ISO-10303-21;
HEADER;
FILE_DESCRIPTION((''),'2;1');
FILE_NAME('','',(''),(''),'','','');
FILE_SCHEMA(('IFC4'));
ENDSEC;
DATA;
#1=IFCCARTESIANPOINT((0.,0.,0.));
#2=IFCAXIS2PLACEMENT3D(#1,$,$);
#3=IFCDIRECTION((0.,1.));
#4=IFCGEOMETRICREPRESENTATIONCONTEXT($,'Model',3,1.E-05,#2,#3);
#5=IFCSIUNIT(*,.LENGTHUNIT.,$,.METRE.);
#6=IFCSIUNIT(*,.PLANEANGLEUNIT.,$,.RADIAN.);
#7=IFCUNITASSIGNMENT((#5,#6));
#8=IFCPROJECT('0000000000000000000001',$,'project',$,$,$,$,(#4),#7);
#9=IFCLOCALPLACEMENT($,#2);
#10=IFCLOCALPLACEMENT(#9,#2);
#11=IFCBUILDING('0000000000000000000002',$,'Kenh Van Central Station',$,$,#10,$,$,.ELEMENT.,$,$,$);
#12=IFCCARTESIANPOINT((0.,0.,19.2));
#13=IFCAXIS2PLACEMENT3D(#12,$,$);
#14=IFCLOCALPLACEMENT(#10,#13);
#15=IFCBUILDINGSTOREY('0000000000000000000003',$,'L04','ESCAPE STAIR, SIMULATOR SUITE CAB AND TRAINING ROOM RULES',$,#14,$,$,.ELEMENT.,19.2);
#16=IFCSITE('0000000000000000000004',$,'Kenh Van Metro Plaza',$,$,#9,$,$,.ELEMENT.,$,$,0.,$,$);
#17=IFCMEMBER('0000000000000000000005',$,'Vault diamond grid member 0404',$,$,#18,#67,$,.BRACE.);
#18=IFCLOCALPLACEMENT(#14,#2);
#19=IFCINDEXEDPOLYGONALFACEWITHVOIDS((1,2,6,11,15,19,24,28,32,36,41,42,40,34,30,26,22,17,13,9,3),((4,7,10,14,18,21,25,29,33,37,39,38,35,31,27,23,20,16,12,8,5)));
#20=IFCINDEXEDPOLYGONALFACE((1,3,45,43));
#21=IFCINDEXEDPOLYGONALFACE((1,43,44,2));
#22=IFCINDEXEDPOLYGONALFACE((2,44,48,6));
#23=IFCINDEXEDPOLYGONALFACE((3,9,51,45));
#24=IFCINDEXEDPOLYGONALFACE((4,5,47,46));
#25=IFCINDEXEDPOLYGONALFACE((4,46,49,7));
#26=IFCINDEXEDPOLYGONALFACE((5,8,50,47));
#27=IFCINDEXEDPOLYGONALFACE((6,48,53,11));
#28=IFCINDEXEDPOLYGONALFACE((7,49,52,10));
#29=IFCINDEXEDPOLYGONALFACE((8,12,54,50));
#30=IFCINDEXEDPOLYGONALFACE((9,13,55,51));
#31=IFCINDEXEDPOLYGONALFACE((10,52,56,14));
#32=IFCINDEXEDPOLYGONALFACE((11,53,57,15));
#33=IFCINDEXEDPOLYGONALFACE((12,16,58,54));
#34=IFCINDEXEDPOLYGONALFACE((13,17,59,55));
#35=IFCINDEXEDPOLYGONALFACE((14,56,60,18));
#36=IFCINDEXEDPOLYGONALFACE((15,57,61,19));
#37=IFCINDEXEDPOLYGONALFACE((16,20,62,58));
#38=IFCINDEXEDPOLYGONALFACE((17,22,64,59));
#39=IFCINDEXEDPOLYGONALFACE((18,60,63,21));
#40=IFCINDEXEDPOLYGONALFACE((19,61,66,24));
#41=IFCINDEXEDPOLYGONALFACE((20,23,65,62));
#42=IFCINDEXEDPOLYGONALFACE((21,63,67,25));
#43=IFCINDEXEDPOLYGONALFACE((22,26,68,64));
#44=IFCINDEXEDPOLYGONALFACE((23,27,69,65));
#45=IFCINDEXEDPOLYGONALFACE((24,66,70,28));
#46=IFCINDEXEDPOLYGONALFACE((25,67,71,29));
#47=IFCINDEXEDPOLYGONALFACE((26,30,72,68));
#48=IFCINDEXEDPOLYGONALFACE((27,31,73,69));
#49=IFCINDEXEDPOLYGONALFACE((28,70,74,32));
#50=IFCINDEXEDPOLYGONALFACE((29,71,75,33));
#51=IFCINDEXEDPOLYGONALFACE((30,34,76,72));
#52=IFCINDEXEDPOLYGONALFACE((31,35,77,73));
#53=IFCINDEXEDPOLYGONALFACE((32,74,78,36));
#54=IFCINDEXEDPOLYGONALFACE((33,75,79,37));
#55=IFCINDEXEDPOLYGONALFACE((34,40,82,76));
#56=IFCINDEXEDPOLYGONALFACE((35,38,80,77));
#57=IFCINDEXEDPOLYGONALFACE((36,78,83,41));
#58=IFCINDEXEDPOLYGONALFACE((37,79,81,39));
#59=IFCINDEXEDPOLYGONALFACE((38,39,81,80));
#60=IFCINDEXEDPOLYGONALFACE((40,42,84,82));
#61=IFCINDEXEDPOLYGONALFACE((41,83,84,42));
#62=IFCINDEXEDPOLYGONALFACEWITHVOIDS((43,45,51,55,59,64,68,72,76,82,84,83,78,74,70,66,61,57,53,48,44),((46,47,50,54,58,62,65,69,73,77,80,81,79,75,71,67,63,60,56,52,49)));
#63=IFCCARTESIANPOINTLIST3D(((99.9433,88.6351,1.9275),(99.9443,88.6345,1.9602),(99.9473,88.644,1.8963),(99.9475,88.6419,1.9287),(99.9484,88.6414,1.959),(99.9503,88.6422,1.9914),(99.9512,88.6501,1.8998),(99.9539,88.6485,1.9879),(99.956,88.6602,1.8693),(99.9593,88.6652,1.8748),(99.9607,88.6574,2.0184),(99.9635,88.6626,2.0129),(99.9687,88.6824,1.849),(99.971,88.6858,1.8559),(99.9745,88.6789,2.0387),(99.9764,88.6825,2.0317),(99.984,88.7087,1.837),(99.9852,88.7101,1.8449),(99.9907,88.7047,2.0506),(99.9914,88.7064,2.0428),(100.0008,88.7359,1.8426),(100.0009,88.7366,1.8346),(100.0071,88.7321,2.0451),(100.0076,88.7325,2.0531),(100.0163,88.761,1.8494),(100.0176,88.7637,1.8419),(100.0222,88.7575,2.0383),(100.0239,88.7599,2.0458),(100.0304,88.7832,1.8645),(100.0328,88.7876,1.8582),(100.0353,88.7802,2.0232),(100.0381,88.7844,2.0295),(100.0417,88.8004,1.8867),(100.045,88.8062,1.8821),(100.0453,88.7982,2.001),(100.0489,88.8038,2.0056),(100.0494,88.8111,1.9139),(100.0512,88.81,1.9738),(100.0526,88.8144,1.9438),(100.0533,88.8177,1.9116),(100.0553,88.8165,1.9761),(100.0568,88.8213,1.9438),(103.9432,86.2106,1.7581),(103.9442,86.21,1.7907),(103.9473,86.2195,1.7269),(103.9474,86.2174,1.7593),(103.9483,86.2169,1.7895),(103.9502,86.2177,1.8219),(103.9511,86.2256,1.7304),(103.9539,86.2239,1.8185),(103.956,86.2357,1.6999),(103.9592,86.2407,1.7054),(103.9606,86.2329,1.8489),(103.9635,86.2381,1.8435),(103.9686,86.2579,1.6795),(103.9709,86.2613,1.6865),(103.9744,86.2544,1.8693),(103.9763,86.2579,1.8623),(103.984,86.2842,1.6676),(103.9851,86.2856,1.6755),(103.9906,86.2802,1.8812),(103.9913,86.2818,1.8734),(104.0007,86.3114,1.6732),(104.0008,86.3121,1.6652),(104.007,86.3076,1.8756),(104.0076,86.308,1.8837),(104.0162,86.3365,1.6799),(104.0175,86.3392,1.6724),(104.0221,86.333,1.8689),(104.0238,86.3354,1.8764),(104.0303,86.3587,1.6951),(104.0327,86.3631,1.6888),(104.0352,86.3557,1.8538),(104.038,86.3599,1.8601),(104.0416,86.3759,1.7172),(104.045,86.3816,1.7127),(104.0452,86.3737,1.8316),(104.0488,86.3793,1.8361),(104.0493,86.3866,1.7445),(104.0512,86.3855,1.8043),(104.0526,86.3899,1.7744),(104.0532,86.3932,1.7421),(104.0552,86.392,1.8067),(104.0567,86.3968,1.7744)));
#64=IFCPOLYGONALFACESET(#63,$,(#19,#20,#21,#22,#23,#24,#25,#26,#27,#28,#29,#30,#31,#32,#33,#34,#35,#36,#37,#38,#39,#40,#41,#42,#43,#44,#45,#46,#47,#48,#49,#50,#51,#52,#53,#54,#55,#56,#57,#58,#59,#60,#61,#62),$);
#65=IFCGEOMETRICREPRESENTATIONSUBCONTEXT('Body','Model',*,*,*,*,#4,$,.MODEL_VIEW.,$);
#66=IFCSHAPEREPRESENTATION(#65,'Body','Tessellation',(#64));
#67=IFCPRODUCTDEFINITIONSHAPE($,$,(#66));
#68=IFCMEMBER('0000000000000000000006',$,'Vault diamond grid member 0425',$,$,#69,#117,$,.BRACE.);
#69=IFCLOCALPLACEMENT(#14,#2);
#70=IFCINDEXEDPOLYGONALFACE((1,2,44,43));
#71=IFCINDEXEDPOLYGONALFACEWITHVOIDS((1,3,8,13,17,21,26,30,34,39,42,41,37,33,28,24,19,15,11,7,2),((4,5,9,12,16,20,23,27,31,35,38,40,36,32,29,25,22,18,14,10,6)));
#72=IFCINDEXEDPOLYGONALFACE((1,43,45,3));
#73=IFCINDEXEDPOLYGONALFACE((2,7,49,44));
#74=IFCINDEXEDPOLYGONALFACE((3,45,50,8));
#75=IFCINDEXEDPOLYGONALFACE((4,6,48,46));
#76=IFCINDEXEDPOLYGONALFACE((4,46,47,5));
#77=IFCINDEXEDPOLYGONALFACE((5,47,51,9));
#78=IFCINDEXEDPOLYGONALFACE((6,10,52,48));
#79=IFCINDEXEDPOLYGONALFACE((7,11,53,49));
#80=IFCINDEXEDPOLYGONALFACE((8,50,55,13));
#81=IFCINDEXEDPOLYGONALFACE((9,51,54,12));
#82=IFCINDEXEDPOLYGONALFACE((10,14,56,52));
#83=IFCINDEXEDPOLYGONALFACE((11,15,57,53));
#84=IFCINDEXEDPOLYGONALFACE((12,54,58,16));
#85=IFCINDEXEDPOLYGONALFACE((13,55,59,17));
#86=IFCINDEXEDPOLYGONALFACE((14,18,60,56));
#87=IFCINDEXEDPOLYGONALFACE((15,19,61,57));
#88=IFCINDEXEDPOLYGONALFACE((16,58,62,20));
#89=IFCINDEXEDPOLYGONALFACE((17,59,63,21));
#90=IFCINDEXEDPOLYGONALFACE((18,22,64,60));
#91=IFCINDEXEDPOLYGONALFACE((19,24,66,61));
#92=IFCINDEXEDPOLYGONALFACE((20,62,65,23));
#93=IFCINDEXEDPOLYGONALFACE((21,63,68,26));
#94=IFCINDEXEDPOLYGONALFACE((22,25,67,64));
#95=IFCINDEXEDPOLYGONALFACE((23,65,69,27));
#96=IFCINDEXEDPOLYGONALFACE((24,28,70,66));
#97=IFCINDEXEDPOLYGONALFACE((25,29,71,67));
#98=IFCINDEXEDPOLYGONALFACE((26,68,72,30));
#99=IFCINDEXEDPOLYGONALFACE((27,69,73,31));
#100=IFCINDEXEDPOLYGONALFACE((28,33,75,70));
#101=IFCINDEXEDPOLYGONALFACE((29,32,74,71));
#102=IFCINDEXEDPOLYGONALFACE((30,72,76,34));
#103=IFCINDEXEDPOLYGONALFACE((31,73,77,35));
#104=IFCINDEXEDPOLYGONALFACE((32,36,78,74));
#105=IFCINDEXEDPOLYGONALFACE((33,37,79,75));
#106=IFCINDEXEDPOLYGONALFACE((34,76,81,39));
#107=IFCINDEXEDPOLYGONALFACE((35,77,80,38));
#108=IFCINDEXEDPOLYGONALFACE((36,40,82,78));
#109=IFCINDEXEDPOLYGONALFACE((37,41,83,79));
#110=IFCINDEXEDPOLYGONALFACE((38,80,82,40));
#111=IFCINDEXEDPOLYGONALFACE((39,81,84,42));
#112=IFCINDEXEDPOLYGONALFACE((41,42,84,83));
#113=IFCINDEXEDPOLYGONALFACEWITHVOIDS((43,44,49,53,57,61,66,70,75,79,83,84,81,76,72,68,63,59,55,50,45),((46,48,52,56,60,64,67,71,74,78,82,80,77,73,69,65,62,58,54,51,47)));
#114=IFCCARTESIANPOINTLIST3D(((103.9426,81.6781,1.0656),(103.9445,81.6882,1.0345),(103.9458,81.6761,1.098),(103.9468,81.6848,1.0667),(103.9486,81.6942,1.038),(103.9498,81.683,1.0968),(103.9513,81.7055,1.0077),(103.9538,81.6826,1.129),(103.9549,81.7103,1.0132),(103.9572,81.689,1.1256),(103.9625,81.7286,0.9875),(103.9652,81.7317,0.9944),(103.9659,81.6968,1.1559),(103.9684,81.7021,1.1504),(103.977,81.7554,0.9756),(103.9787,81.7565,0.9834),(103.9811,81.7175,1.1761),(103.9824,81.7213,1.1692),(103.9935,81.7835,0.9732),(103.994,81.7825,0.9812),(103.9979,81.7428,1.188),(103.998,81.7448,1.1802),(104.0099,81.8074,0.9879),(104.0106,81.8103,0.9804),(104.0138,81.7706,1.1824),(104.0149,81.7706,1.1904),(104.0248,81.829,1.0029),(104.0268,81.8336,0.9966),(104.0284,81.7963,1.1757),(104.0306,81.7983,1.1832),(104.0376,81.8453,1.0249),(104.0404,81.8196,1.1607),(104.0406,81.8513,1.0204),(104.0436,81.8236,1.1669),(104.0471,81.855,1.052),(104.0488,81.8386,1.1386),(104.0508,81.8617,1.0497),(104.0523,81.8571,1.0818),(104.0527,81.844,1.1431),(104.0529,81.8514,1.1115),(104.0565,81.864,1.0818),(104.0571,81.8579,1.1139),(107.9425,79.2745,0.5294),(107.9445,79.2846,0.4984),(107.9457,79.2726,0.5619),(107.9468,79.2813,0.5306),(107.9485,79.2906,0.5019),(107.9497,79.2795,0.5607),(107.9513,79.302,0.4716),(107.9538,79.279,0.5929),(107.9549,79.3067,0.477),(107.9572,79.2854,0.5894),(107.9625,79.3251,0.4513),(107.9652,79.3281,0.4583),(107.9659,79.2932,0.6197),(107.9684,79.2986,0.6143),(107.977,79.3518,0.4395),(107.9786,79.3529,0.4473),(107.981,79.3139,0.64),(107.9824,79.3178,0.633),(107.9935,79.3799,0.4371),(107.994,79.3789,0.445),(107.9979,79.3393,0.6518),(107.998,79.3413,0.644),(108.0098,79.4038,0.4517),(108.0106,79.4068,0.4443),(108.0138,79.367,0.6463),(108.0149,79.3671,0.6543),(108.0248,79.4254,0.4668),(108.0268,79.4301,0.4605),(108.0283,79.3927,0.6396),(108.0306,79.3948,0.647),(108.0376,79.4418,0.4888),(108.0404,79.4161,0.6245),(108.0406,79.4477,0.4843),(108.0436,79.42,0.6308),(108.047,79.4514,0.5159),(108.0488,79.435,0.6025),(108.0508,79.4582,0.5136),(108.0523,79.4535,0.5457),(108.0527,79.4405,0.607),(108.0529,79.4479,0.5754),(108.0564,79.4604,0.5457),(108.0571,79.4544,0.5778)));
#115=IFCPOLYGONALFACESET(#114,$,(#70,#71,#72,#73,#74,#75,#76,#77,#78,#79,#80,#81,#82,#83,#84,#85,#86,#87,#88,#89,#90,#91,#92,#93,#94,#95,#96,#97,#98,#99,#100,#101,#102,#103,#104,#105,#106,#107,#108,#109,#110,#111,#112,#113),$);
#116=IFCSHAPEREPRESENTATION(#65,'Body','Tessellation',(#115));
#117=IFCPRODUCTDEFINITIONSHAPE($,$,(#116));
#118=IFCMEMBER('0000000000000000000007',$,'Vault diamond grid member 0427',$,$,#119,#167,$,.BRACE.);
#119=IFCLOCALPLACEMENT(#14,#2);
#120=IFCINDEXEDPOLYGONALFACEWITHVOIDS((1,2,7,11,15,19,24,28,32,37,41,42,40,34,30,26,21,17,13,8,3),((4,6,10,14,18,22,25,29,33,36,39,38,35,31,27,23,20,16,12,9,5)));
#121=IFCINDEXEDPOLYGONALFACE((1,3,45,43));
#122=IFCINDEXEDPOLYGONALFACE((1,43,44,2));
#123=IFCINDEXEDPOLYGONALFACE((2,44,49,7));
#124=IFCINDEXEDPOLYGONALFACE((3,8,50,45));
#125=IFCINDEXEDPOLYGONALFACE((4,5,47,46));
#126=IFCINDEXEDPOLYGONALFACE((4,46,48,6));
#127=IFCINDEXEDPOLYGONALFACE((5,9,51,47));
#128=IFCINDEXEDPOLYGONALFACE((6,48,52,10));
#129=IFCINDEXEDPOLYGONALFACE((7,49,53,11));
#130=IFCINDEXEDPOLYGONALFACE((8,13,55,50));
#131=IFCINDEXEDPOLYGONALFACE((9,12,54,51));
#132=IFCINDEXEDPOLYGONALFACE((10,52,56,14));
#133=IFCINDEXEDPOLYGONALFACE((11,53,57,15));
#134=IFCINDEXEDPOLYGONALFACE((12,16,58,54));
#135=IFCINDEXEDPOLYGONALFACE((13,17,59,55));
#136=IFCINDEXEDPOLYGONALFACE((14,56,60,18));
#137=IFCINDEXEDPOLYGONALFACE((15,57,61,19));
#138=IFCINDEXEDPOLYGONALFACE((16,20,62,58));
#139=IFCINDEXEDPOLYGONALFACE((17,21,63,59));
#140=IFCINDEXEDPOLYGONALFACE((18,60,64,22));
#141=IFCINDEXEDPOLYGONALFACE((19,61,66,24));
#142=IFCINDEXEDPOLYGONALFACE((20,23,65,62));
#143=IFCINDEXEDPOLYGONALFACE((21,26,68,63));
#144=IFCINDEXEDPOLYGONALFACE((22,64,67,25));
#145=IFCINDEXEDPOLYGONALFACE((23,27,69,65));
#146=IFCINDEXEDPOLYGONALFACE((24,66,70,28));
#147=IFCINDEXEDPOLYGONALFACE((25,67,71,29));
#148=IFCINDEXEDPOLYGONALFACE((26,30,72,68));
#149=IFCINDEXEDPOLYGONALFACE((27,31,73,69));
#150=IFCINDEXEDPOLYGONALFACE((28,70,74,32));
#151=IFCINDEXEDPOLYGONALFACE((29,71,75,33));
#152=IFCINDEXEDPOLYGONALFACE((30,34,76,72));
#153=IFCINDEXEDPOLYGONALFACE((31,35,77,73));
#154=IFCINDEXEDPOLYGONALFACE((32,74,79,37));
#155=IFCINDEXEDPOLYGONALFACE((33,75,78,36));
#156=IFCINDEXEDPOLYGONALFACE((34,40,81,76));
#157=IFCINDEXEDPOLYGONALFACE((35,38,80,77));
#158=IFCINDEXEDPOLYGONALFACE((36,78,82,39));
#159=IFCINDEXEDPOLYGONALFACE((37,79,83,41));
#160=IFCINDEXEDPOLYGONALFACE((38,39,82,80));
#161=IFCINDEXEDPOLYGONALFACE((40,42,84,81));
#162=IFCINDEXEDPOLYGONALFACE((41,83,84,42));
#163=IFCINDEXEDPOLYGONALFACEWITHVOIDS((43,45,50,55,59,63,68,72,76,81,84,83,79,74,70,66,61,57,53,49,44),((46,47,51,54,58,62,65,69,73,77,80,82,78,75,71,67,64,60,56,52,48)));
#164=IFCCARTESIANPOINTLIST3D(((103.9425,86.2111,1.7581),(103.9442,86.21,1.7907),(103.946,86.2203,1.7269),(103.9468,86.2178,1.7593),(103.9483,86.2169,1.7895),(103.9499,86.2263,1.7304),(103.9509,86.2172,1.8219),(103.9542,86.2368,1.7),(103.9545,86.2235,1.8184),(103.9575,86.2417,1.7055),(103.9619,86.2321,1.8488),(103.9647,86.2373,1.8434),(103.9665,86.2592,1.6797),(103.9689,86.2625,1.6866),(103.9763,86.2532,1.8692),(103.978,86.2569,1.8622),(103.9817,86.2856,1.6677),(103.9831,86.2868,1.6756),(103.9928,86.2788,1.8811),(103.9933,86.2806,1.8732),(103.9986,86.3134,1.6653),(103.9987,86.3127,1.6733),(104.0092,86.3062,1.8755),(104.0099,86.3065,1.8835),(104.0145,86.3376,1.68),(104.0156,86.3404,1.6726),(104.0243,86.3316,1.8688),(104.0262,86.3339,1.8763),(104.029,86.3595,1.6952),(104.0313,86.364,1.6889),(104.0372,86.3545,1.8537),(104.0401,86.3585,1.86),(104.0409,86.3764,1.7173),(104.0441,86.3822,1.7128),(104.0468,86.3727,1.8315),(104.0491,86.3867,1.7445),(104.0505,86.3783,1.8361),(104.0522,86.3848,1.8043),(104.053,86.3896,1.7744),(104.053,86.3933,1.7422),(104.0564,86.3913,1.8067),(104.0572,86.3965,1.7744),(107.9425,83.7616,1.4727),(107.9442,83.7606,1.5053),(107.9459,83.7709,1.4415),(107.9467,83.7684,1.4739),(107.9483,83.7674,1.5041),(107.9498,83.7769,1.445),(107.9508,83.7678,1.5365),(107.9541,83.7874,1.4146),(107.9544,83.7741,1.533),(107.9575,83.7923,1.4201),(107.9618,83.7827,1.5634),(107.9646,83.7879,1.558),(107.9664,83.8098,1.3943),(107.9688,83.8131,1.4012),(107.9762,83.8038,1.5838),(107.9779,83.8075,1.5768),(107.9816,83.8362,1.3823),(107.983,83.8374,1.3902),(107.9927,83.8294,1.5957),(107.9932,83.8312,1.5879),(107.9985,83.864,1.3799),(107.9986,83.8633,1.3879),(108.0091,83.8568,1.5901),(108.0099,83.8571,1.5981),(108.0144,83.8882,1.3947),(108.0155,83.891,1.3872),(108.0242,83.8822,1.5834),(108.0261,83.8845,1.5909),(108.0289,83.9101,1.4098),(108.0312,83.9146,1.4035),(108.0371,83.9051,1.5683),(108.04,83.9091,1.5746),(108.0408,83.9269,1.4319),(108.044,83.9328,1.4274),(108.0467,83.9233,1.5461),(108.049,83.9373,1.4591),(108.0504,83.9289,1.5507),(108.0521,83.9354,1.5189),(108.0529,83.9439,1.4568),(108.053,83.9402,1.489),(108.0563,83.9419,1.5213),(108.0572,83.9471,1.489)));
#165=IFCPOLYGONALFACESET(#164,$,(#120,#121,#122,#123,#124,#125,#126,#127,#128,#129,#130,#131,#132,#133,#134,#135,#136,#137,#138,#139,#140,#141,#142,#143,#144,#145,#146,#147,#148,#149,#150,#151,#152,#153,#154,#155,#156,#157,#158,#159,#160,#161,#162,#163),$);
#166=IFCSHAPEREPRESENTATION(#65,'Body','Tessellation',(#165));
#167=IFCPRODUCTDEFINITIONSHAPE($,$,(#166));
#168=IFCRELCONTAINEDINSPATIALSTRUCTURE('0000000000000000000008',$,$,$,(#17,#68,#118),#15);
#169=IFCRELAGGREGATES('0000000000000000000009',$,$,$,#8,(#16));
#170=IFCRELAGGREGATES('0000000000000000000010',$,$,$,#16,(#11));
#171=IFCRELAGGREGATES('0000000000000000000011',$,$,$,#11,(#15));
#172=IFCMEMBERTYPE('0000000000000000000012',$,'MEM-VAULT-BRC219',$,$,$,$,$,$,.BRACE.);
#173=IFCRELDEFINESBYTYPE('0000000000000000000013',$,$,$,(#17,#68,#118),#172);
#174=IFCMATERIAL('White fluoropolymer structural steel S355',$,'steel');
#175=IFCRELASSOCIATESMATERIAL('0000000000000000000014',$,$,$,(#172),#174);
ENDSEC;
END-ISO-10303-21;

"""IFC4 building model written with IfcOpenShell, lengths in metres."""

from ifc_helpers import new_model, si_unit, direction, frame, origin, origin_2d, place, context, subcontext, project, spatial, hollow_circle, extrude, material, material_profile, profile_set, type_object, element, save


model = new_model("IFC4")

# Units and contexts
model_context = context("Model", 3, precision=1e-05, world=origin(), true_north=direction((0.0, 1.0)))
body_context = subcontext(model_context, "Body", "Model", "MODEL_VIEW")
ifc_project = project(units=[si_unit("LENGTHUNIT", "METRE"), si_unit("PLANEANGLEUNIT", "RADIAN")], contexts=[model_context])

# Site, building, storey
site_placement = place(None, origin())
site = spatial("IfcSite", under=ifc_project, at=site_placement, Name="Kenh Van Metro Plaza", CompositionType="ELEMENT", RefElevation=0.0)
building_placement = place(site_placement, origin())
building = spatial("IfcBuilding", under=site, at=building_placement, Name="Kenh Van Central Station", CompositionType="ELEMENT")
storey_placement = place(building_placement, frame((0.0, 0.0, 19.2)))
storey = spatial("IfcBuildingStorey", under=building, at=storey_placement, Name="L04", Description="ESCAPE STAIR, SIMULATOR SUITE CAB AND TRAINING ROOM RULES", CompositionType="ELEMENT", Elevation=19.2)

# Shared definitions
ifc_material_1 = material(Name="White fluoropolymer structural steel S355", Category="steel")

# Members
ifc_material_profile_1 = material_profile(ifc_material_1, hollow_circle(Radius=0.1096, WallThickness=0.0081, at=origin_2d()), Name="CHS 219.1x8")
ifc_profile_set_1 = profile_set([ifc_material_profile_1], Name="White fluoropolymer structural steel S355")
member_type_1 = type_object("IfcMemberType", Name="MEM-VAULT-BRC219", PredefinedType="BRACE", material=ifc_profile_set_1)
member_1_placement = place(storey_placement, frame((100.0, 88.7275, 1.9438), z_axis=(0.854607, -0.518012, -0.0362), x_axis=(0.518351, 0.855168, 0.0)))
element("IfcMember", 1, at=member_1_placement, inside=storey, type_object=member_type_1, Name="Vault diamond grid member 0404", PredefinedType="BRACE", context=body_context, shape_type="SweptSolid", body=[
    extrude(hollow_circle(Radius=0.1096, WallThickness=0.0081, at=origin_2d()), origin(), (0.0, 0.0, 1.0), 4.6804),
])
member_2_placement = place(storey_placement, frame((104.0, 81.77, 1.0818), z_axis=(0.851554, -0.511691, -0.114137), x_axis=(0.515057, 0.857156, 0.0)))
element("IfcMember", 2, at=member_2_placement, inside=storey, type_object=member_type_1, Name="Vault diamond grid member 0425", PredefinedType="BRACE", context=body_context, shape_type="SweptSolid", body=[
    extrude(hollow_circle(Radius=0.1096, WallThickness=0.0081, at=origin_2d()), origin(), (0.0, 0.0, 1.0), 4.6973),
])
member_3_placement = place(storey_placement, frame((104.0, 86.303, 1.7744), z_axis=(0.851231, -0.521265, -0.060735), x_axis=(0.522229, 0.852805, 0.0)))
element("IfcMember", 3, at=member_3_placement, inside=storey, type_object=member_type_1, Name="Vault diamond grid member 0427", PredefinedType="BRACE", context=body_context, shape_type="SweptSolid", body=[
    extrude(hollow_circle(Radius=0.1096, WallThickness=0.0081, at=origin_2d()), origin(), (0.0, 0.0, 1.0), 4.699),
])

save(model, "model.ifc")
